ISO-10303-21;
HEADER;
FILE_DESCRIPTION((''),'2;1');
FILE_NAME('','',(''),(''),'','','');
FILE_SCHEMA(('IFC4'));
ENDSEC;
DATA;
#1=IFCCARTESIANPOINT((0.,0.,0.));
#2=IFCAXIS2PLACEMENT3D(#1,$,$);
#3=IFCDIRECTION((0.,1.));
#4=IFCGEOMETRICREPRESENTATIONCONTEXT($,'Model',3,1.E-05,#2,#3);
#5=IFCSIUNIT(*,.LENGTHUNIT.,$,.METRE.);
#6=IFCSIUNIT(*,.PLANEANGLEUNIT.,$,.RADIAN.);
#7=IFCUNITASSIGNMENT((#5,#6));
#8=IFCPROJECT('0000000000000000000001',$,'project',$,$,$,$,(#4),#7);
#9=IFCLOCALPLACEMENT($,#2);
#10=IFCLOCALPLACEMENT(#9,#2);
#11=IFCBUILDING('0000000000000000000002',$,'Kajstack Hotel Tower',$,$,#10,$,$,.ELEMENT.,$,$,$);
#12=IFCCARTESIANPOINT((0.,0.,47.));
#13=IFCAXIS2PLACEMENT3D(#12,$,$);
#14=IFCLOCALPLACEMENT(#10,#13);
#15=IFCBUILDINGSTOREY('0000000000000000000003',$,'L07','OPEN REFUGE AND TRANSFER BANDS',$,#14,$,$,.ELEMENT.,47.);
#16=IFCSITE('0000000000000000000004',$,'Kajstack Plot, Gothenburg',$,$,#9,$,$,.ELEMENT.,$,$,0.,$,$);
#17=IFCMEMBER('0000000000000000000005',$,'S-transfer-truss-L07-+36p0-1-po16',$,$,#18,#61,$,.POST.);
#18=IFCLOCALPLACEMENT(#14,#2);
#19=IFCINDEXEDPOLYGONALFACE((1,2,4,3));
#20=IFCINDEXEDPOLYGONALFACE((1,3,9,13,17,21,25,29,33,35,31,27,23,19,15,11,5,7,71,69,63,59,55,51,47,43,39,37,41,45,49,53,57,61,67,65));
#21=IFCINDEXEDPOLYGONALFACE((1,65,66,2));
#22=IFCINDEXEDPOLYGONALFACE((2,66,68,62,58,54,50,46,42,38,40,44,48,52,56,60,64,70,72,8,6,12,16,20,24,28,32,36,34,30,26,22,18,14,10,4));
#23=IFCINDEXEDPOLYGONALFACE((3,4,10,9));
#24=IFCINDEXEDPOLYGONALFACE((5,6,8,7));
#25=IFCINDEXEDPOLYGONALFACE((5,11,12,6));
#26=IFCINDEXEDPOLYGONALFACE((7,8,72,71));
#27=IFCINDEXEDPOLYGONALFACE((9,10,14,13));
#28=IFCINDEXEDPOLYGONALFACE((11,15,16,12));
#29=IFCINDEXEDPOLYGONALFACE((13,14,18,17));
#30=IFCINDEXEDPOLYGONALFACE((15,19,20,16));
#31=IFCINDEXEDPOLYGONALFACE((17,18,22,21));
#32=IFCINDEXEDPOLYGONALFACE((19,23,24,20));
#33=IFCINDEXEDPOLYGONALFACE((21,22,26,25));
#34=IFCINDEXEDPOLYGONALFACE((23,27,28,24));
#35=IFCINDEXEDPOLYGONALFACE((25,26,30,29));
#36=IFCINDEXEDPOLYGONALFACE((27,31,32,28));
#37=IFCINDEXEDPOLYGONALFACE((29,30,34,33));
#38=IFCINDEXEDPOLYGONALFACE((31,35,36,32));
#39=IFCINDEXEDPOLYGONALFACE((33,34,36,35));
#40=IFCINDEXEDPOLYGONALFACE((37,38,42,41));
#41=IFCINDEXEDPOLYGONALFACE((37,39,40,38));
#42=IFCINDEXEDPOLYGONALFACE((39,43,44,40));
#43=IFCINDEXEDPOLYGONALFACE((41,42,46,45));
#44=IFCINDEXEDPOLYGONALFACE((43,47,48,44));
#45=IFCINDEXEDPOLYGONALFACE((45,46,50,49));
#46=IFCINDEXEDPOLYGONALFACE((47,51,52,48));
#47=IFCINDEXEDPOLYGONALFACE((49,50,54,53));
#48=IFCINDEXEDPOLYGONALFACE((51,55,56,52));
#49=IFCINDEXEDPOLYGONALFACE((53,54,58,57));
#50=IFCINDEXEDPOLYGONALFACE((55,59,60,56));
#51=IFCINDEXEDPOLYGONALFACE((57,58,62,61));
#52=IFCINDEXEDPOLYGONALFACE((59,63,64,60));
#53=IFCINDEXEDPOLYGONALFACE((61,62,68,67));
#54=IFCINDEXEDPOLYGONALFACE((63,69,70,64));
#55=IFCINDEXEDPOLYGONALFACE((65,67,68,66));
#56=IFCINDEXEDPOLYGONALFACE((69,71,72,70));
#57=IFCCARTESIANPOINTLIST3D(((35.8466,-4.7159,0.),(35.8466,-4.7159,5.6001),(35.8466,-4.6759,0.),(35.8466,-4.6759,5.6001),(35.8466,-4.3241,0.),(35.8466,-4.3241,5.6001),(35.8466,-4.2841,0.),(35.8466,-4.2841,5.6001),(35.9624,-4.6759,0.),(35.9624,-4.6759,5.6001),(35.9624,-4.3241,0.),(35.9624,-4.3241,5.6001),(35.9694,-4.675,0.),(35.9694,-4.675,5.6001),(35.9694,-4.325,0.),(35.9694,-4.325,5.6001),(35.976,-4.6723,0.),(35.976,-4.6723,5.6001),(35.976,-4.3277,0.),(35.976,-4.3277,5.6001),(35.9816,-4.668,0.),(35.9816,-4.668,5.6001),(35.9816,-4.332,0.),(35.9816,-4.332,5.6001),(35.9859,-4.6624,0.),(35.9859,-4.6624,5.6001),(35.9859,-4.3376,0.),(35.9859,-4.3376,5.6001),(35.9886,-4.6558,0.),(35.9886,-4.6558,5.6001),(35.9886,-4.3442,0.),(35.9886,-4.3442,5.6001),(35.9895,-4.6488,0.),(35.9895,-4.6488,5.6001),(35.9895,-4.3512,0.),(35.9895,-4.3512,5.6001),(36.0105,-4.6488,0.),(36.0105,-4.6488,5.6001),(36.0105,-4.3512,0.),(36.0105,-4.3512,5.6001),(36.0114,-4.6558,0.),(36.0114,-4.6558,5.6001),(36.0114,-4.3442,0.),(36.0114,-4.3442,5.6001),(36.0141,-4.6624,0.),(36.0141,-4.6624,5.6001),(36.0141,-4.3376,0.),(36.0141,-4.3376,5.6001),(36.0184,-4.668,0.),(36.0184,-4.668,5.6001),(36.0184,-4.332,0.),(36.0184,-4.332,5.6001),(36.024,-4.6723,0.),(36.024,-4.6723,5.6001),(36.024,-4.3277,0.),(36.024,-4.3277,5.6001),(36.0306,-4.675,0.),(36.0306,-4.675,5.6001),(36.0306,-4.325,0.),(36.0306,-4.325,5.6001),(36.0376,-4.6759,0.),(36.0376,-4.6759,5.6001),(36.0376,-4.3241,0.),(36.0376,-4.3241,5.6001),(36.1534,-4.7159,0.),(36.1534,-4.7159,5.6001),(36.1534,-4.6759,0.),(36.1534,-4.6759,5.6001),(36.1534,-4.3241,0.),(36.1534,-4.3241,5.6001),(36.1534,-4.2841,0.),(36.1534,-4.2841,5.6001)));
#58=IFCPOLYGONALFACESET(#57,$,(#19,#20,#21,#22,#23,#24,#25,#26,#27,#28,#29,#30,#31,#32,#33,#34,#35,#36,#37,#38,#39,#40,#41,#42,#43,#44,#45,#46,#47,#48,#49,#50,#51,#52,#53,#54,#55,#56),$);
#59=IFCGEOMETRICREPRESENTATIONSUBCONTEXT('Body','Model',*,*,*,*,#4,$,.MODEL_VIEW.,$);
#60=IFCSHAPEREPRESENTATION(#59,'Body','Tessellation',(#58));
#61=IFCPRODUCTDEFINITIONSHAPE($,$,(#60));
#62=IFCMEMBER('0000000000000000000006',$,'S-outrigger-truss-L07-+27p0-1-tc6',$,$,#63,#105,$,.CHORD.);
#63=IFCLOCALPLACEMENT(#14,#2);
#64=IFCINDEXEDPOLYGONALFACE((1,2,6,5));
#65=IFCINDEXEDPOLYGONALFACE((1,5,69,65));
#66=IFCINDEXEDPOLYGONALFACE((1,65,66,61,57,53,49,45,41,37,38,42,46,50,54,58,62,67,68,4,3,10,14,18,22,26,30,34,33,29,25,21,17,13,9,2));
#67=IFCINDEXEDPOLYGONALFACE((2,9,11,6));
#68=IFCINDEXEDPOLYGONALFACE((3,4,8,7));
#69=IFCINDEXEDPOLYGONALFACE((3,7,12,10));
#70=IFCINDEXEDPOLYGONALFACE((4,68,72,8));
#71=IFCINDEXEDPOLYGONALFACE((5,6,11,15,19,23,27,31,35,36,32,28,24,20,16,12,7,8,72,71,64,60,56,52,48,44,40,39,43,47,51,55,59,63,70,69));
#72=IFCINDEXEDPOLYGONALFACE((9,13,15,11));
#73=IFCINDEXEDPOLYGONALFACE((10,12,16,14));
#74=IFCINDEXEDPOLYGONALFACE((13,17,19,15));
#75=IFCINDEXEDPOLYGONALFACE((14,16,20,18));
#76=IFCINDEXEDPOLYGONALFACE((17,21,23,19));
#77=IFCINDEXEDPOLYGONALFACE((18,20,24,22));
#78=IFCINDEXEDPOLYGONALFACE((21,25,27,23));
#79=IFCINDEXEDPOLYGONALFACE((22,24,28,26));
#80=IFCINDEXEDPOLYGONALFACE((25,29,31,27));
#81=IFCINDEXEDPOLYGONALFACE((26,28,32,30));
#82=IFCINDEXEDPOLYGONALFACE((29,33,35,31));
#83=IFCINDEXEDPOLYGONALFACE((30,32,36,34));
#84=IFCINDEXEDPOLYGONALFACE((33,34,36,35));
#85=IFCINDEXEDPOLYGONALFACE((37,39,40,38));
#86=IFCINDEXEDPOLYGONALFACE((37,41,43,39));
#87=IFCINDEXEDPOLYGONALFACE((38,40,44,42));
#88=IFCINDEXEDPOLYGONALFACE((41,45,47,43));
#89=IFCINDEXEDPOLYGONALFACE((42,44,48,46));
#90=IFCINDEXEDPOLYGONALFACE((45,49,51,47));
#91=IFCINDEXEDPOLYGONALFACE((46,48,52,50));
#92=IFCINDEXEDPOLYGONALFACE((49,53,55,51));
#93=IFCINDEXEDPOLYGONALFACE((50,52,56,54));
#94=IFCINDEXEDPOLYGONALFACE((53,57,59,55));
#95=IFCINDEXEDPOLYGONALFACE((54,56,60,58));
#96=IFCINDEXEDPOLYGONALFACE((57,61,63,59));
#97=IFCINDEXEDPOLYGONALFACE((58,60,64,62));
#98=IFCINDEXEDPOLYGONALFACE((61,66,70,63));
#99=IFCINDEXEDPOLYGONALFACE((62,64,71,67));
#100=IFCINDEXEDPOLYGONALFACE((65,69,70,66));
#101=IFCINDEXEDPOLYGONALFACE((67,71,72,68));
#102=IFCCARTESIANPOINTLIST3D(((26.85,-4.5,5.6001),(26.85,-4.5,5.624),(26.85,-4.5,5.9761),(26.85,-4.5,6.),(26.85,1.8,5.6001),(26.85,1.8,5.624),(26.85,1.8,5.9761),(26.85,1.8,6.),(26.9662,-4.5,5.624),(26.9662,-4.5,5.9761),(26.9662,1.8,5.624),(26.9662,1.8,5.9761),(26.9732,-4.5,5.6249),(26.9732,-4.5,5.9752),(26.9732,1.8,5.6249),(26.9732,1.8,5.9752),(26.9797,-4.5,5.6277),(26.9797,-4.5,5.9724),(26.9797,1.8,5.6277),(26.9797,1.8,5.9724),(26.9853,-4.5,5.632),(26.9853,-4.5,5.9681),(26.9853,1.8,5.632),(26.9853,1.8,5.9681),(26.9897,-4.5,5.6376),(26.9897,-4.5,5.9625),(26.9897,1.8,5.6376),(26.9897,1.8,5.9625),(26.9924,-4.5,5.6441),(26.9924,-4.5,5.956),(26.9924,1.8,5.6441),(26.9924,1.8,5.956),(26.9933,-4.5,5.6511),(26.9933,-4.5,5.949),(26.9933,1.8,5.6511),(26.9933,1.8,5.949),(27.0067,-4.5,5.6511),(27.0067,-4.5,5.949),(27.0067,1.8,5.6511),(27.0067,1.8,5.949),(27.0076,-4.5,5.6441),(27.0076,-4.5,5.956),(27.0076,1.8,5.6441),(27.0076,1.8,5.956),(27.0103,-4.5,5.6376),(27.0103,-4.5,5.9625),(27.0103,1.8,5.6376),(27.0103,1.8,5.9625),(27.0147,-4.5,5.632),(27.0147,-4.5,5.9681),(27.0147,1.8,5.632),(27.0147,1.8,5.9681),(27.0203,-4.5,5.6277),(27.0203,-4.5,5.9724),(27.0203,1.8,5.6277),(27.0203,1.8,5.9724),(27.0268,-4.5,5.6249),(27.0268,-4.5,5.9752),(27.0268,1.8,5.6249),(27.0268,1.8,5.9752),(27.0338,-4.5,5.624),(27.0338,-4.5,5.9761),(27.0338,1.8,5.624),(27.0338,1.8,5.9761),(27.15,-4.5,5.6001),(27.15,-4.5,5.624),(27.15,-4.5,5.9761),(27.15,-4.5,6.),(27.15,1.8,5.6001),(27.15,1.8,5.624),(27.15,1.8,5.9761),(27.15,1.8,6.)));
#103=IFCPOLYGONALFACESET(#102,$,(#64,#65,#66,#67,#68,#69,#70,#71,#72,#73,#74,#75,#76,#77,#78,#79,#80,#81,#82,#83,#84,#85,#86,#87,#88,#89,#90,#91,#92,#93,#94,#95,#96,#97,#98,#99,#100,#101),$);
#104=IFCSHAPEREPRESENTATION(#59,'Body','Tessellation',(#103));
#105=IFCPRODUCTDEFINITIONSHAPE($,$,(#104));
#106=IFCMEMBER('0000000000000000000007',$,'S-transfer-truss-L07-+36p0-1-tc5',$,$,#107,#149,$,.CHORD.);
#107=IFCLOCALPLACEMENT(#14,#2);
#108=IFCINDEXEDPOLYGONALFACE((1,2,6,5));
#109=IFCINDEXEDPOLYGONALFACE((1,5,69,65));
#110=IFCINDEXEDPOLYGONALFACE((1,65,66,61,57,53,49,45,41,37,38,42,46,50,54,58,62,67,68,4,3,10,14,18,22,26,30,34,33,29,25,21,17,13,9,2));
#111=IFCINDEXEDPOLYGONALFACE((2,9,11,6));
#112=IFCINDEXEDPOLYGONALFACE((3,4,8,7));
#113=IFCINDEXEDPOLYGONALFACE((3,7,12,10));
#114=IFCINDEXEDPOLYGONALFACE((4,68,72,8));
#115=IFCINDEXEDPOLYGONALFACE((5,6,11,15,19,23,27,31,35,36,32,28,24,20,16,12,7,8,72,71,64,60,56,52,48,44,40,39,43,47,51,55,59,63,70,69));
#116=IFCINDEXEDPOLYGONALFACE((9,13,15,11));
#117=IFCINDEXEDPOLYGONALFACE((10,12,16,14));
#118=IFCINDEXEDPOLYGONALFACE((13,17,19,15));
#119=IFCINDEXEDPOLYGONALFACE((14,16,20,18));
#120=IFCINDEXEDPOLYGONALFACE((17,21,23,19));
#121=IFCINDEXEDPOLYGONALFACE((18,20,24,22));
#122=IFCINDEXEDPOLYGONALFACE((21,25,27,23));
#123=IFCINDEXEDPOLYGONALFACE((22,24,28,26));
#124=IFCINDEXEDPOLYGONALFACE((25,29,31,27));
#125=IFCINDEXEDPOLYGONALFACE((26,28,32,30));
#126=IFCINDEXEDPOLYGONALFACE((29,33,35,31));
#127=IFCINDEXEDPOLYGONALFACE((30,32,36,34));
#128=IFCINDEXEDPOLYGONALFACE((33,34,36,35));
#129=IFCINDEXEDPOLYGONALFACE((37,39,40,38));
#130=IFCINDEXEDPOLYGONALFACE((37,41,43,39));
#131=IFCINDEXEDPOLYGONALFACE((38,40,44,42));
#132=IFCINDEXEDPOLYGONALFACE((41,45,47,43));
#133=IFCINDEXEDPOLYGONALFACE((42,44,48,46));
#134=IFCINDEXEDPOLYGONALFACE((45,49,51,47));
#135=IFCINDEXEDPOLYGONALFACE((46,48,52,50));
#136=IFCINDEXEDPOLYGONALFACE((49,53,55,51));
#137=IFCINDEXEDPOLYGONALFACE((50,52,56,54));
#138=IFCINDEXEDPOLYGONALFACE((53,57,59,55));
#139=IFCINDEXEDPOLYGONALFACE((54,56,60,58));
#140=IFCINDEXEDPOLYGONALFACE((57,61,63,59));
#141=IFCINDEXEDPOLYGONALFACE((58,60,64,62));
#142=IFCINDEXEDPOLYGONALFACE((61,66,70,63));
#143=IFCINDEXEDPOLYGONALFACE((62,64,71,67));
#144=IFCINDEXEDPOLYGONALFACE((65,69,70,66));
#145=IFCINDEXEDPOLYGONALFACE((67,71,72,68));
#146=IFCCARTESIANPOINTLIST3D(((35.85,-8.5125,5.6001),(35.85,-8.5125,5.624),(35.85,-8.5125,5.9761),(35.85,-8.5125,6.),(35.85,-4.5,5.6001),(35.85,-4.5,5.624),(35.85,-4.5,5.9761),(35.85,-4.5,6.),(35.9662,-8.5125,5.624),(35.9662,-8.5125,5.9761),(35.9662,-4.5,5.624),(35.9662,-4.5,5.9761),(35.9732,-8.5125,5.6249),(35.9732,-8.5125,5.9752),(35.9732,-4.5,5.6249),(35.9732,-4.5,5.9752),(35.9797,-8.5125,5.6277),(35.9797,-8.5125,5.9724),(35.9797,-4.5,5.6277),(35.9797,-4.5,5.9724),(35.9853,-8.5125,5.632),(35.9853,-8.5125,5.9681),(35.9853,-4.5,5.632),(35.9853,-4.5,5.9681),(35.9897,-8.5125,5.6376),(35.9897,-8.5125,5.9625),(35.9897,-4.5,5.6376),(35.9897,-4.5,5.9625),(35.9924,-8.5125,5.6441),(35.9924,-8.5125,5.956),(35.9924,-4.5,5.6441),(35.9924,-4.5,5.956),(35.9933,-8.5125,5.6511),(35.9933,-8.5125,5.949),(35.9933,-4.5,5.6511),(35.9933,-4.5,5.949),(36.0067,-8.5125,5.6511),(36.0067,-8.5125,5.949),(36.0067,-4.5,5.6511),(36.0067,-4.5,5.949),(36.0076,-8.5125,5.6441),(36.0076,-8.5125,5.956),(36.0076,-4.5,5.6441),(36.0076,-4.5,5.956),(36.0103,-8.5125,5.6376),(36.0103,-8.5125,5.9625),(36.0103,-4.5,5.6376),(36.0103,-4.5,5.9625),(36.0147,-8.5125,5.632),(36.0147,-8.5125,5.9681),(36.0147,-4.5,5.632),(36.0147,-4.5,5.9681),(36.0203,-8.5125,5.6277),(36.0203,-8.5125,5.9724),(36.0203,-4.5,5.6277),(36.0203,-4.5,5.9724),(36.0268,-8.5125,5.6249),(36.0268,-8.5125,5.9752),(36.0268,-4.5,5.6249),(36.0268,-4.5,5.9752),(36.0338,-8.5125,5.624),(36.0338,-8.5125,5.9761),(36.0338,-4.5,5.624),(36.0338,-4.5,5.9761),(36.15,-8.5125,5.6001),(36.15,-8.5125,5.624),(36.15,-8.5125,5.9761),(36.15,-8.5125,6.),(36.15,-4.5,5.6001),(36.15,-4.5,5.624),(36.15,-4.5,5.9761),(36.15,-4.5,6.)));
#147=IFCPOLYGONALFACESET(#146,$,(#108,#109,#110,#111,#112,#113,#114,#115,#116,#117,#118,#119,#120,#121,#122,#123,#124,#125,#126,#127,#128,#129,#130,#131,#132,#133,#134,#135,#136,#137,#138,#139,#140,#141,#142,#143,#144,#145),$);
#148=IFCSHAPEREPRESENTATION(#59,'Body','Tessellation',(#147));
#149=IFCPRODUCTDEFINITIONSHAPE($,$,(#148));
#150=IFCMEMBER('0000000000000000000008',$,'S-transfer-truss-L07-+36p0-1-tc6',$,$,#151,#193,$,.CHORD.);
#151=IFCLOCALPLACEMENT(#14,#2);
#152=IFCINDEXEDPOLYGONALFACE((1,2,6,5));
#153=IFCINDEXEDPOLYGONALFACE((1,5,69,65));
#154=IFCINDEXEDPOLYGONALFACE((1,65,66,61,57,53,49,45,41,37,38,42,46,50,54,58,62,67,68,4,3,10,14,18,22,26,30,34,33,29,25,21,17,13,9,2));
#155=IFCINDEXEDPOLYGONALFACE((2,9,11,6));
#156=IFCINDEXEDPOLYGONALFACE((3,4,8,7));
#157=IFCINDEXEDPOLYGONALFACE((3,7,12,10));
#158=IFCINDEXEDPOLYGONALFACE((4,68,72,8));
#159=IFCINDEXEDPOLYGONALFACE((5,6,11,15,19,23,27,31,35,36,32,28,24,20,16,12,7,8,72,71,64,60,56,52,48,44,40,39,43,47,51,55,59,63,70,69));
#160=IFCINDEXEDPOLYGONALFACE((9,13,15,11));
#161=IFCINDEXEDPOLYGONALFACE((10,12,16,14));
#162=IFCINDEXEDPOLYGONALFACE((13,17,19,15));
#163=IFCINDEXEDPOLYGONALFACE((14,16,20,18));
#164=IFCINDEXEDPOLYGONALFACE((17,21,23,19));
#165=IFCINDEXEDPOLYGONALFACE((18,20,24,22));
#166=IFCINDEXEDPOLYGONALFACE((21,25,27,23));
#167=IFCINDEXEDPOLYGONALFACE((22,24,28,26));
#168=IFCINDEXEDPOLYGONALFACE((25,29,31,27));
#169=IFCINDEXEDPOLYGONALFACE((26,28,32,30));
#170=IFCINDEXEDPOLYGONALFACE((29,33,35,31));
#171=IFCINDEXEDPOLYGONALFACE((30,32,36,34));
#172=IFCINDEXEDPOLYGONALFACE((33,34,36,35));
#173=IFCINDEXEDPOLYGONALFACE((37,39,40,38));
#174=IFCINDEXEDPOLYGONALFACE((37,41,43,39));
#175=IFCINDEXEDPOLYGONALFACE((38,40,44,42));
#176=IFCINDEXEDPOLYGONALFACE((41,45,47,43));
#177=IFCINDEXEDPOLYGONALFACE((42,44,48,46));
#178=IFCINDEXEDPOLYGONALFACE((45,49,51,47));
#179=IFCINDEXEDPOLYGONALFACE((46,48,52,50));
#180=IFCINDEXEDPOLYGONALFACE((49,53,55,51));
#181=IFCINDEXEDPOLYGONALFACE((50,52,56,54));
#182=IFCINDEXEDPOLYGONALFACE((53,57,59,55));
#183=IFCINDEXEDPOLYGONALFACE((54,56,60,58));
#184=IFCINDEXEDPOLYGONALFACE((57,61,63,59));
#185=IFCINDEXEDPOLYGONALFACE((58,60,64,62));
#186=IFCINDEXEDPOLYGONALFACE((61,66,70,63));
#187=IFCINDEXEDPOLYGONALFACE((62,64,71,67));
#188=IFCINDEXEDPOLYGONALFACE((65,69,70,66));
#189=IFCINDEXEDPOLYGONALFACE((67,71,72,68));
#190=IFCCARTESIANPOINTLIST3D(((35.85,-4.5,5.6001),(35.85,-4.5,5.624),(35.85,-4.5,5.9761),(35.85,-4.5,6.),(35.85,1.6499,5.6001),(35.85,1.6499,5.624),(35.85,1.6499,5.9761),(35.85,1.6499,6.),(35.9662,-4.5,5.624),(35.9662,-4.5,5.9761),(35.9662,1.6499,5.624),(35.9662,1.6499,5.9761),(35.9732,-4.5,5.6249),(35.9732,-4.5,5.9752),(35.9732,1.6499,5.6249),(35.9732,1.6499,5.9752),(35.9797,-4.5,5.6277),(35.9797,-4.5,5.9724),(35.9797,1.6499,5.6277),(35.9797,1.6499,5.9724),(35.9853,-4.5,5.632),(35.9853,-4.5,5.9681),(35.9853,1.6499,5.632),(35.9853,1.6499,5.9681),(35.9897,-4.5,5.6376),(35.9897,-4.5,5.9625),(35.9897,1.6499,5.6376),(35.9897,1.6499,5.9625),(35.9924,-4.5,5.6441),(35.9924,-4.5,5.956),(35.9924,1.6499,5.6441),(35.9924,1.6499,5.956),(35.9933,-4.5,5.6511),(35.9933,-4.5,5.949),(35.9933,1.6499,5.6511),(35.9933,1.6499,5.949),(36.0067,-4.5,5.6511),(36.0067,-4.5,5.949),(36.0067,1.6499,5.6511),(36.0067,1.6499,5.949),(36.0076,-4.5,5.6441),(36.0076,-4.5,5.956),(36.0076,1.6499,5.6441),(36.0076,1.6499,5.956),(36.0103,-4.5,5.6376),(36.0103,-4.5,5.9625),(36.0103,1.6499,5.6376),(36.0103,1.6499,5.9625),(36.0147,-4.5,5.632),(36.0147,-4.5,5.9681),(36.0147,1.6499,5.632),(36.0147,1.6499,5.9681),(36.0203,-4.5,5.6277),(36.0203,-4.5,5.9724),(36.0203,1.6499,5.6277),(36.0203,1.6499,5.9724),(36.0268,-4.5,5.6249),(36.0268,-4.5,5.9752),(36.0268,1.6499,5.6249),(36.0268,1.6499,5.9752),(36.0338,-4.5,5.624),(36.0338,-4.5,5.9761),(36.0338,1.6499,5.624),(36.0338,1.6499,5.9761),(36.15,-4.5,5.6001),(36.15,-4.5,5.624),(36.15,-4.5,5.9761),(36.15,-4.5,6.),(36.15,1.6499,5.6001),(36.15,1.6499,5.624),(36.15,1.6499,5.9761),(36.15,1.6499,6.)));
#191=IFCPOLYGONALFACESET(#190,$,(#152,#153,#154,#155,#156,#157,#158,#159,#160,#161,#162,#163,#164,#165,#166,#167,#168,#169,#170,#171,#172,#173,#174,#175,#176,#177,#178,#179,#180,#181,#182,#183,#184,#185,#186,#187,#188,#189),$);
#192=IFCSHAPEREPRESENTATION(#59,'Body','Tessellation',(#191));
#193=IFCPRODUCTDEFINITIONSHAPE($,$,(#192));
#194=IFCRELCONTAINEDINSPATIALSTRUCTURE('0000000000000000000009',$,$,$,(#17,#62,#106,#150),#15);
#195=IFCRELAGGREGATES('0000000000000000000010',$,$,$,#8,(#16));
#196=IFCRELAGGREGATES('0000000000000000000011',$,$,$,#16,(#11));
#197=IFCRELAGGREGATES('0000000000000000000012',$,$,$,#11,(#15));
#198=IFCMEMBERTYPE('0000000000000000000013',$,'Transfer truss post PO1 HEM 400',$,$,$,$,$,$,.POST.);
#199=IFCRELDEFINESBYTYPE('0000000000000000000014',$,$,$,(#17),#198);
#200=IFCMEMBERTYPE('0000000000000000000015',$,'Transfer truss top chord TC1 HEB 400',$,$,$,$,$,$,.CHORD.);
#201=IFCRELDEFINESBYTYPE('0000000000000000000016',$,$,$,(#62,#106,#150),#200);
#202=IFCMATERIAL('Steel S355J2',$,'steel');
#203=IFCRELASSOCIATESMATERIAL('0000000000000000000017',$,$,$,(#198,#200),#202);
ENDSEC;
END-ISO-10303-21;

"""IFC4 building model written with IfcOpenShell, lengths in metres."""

from ifc_helpers import new_model, si_unit, direction, frame, origin, origin_2d, place, context, subcontext, project, spatial, i_section, extrude, material, material_profile, profile_set, type_object, element, save


model = new_model("IFC4")

# Units and contexts
model_context = context("Model", 3, precision=1e-05, world=origin(), true_north=direction((0.0, 1.0)))
body_context = subcontext(model_context, "Body", "Model", "MODEL_VIEW")
ifc_project = project(units=[si_unit("LENGTHUNIT", "METRE"), si_unit("PLANEANGLEUNIT", "RADIAN")], contexts=[model_context])

# Site, building, storey
site_placement = place(None, origin())
site = spatial("IfcSite", under=ifc_project, at=site_placement, Name="Kajstack Plot, Gothenburg", CompositionType="ELEMENT", RefElevation=0.0)
building_placement = place(site_placement, origin())
building = spatial("IfcBuilding", under=site, at=building_placement, Name="Kajstack Hotel Tower", CompositionType="ELEMENT")
storey_placement = place(building_placement, frame((0.0, 0.0, 47.0)))
storey = spatial("IfcBuildingStorey", under=building, at=storey_placement, Name="L07", Description="OPEN REFUGE AND TRANSFER BANDS", CompositionType="ELEMENT", Elevation=47.0)

# Members
ifc_material = material(Name="Steel S355J2", Category="steel")
ifc_material_profile_1 = material_profile(ifc_material, i_section(OverallWidth=0.3069, OverallDepth=0.4319, WebThickness=0.021, FlangeThickness=0.04, FilletRadius=0.0271, at=origin_2d()), Name="HEM 400")
ifc_profile_set_1 = profile_set([ifc_material_profile_1], Name="Steel S355J2")
member_type_1 = type_object("IfcMemberType", Name="Transfer truss post PO1 HEM 400", PredefinedType="POST", material=ifc_profile_set_1)
for number, where, z_axis, x_axis, name in (
    (1, (36.0, -4.5, 0.0), (0.0, 0.0, 1.0), (1.0, 0.0, 0.0), "S-transfer-truss-L07-+36p0-1-po16"),
):
    element("IfcMember", number, at=place(storey_placement, frame(where, z_axis=z_axis, x_axis=x_axis)), inside=storey, type_object=member_type_1, Name=name, PredefinedType="POST", context=body_context, shape_type="SweptSolid", body=[
        extrude(i_section(OverallWidth=0.3069, OverallDepth=0.4319, WebThickness=0.021, FlangeThickness=0.04, FilletRadius=0.0271, at=origin_2d()), origin(), (0.0, 0.0, 1.0), 5.6001),
    ])
ifc_material_profile_2 = material_profile(ifc_material, i_section(OverallWidth=0.3, OverallDepth=0.3999, WebThickness=0.0134, FlangeThickness=0.0239, FilletRadius=0.0271, at=origin_2d()), Name="HEB 400")
ifc_profile_set_2 = profile_set([ifc_material_profile_2], Name="Steel S355J2")
member_type_2 = type_object("IfcMemberType", Name="Transfer truss top chord TC1 HEB 400", PredefinedType="CHORD", material=ifc_profile_set_2)
member_1_placement = place(storey_placement, frame((27.0, -4.5, 5.8), z_axis=(0.0, 1.0, 0.0), x_axis=(-1.0, 0.0, 0.0)))
element("IfcMember", 2, at=member_1_placement, inside=storey, type_object=member_type_2, Name="S-outrigger-truss-L07-+27p0-1-tc6", PredefinedType="CHORD", context=body_context, shape_type="SweptSolid", body=[
    extrude(i_section(OverallWidth=0.3, OverallDepth=0.3999, WebThickness=0.0134, FlangeThickness=0.0239, FilletRadius=0.0271, at=origin_2d()), origin(), (0.0, 0.0, 1.0), 6.3),
])
member_2_placement = place(storey_placement, frame((36.0, -8.5125, 5.8), z_axis=(0.0, 1.0, 0.0), x_axis=(-1.0, 0.0, 0.0)))
element("IfcMember", 3, at=member_2_placement, inside=storey, type_object=member_type_2, Name="S-transfer-truss-L07-+36p0-1-tc5", PredefinedType="CHORD", context=body_context, shape_type="SweptSolid", body=[
    extrude(i_section(OverallWidth=0.3, OverallDepth=0.3999, WebThickness=0.0134, FlangeThickness=0.0239, FilletRadius=0.0271, at=origin_2d()), origin(), (0.0, 0.0, 1.0), 4.0125),
])
member_3_placement = place(storey_placement, frame((36.0, -4.5, 5.8), z_axis=(0.0, 1.0, 0.0), x_axis=(-1.0, 0.0, 0.0)))
element("IfcMember", 4, at=member_3_placement, inside=storey, type_object=member_type_2, Name="S-transfer-truss-L07-+36p0-1-tc6", PredefinedType="CHORD", context=body_context, shape_type="SweptSolid", body=[
    extrude(i_section(OverallWidth=0.3, OverallDepth=0.3999, WebThickness=0.0134, FlangeThickness=0.0239, FilletRadius=0.0271, at=origin_2d()), origin(), (0.0, 0.0, 1.0), 6.1499),
])

save(model, "model.ifc")
